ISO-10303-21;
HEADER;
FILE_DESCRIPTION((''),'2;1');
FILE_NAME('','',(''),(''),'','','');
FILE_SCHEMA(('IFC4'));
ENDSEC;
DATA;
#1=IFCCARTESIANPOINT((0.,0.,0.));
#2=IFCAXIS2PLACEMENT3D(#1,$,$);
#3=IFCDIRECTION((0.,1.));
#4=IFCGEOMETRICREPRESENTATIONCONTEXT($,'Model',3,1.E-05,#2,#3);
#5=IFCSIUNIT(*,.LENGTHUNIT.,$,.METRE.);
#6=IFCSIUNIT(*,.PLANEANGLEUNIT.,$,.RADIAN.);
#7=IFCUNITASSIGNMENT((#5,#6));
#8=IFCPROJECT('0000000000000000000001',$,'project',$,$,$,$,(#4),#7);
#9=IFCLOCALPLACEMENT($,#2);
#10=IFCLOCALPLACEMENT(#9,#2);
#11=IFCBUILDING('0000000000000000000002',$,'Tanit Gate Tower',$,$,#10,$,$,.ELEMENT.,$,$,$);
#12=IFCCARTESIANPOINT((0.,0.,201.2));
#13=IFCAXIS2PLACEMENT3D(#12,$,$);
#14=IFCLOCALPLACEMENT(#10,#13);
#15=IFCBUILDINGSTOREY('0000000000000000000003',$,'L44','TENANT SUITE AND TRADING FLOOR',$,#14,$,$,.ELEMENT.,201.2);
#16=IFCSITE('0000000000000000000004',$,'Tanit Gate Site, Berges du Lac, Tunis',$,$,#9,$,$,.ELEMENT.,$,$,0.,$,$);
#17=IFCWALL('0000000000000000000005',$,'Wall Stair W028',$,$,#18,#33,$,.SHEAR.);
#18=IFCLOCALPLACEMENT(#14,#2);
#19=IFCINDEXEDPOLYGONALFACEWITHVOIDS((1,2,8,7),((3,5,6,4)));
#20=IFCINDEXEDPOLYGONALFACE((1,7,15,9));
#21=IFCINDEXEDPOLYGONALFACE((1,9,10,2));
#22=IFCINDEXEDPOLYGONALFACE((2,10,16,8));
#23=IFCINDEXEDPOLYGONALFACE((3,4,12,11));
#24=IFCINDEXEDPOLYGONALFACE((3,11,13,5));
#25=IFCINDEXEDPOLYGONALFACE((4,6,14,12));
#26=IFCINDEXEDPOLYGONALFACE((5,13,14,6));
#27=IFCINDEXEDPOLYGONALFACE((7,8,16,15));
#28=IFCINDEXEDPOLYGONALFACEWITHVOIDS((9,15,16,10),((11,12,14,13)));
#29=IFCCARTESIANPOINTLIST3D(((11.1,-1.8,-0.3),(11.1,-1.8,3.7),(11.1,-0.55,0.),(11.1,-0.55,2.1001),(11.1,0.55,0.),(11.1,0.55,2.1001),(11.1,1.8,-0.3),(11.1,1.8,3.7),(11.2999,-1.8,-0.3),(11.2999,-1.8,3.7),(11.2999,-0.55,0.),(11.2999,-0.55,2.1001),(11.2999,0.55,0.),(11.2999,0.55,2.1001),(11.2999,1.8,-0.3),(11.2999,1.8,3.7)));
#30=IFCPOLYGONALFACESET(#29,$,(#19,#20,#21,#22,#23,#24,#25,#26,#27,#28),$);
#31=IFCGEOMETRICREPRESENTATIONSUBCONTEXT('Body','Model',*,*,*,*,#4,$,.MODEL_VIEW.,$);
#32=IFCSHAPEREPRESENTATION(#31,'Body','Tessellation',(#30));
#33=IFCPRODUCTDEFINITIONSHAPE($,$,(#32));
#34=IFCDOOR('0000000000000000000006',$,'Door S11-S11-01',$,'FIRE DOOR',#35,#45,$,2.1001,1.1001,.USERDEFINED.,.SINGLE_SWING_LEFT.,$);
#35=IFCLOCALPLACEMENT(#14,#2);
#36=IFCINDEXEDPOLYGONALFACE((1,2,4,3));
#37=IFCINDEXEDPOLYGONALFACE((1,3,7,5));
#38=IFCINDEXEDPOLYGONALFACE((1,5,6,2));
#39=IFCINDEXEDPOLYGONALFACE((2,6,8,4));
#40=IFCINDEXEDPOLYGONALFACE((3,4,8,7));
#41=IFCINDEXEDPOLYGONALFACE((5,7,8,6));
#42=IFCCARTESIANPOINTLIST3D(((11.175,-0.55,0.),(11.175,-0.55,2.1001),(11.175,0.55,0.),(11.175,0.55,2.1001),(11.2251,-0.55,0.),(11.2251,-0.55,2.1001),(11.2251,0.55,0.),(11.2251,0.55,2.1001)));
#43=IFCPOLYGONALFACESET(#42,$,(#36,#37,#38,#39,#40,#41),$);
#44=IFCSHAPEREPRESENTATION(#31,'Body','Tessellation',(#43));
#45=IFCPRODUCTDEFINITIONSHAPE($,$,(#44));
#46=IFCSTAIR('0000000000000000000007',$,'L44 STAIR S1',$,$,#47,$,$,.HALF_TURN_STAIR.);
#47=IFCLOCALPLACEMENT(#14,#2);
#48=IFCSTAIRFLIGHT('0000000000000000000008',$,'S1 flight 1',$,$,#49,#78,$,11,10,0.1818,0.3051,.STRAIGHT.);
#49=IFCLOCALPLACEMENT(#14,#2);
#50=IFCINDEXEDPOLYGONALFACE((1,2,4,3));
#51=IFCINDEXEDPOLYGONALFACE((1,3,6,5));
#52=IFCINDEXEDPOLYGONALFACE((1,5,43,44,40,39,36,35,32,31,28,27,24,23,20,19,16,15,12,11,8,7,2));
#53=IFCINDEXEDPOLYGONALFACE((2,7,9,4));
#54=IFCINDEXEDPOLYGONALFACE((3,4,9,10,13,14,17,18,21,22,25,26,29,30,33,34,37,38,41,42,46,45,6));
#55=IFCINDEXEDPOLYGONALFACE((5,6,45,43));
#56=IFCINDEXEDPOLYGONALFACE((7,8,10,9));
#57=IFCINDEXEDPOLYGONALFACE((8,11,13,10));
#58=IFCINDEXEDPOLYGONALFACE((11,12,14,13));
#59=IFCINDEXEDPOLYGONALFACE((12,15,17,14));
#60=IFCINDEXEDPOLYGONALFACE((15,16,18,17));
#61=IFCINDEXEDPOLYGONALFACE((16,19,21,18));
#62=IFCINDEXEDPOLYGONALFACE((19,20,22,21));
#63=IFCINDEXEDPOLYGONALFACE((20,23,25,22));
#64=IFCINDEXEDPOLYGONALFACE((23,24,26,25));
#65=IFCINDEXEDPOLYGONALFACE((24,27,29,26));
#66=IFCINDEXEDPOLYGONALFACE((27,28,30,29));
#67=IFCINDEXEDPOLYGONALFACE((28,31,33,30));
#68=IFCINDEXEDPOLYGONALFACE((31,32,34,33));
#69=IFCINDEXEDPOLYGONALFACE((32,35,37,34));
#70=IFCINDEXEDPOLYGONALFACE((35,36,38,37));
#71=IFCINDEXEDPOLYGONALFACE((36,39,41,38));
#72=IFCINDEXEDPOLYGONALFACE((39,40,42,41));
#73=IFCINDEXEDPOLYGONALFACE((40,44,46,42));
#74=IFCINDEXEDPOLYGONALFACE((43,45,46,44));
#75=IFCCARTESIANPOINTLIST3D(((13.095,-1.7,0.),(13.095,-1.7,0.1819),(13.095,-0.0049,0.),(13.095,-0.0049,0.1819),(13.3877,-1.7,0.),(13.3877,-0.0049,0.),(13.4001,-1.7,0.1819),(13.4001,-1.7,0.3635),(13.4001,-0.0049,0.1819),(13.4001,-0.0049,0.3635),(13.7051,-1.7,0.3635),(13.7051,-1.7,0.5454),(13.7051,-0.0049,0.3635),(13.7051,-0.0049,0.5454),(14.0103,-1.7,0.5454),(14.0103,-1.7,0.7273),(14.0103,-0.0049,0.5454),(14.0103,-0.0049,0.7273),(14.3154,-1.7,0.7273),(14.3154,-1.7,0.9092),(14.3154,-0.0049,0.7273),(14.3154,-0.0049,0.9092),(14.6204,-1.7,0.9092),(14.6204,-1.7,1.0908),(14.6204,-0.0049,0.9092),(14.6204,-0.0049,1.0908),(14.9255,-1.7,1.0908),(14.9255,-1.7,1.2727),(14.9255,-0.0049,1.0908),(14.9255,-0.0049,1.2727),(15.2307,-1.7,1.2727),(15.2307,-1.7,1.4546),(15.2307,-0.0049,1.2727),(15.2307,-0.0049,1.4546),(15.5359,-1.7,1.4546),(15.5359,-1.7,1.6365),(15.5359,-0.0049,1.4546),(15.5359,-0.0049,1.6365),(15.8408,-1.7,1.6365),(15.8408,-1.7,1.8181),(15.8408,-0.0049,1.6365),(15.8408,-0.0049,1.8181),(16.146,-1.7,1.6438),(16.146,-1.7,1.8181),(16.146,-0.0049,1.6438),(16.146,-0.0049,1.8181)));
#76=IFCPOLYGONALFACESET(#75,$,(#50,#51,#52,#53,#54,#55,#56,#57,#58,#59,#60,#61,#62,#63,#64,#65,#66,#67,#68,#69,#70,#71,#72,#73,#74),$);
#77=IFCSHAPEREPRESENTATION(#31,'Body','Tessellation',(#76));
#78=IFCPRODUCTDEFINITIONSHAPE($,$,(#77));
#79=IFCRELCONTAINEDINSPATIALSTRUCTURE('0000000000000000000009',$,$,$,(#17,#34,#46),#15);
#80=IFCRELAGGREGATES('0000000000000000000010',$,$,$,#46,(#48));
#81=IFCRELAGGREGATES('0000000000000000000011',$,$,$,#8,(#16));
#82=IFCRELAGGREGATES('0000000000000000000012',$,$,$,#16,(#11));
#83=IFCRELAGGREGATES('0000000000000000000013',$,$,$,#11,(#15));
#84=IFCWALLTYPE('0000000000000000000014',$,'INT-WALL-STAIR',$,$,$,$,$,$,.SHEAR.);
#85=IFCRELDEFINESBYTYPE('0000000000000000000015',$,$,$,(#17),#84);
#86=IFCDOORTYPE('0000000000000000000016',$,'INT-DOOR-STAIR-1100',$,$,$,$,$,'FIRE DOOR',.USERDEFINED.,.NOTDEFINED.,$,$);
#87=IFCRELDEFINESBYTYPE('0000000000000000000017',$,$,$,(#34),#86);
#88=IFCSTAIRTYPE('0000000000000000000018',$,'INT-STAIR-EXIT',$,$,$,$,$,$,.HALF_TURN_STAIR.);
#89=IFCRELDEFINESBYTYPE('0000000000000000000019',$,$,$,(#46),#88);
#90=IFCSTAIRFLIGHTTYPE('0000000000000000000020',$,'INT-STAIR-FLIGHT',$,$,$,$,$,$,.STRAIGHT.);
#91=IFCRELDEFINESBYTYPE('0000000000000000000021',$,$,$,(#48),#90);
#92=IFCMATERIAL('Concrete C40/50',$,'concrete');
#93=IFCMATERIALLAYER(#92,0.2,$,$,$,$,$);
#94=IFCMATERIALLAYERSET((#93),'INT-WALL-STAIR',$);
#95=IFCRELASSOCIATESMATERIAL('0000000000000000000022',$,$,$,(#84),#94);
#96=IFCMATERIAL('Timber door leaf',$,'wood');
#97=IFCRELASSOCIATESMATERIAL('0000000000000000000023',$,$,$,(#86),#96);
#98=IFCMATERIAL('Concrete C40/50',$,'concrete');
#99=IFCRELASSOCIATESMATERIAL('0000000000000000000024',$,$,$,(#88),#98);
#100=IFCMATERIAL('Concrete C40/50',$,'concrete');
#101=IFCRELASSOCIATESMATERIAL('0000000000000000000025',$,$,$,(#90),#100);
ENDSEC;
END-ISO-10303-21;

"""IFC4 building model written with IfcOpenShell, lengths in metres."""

from ifc_helpers import new_model, si_unit, direction, frame, frame_2d, origin, place, context, subcontext, project, spatial, polyline, rectangle, outline, extrude, material, layer, layer_set, type_object, element, fill, aggregate, save


model = new_model("IFC4")

# Units and contexts
model_context = context("Model", 3, precision=1e-05, world=origin(), true_north=direction((0.0, 1.0)))
body_context = subcontext(model_context, "Body", "Model", "MODEL_VIEW")
ifc_project = project(units=[si_unit("LENGTHUNIT", "METRE"), si_unit("PLANEANGLEUNIT", "RADIAN")], contexts=[model_context])

# Site, building, storey
site_placement = place(None, origin())
site = spatial("IfcSite", under=ifc_project, at=site_placement, Name="Tanit Gate Site, Berges du Lac, Tunis", CompositionType="ELEMENT", RefElevation=0.0)
building_placement = place(site_placement, origin())
building = spatial("IfcBuilding", under=site, at=building_placement, Name="Tanit Gate Tower", CompositionType="ELEMENT")
storey_placement = place(building_placement, frame((0.0, 0.0, 201.2)))
storey = spatial("IfcBuildingStorey", under=building, at=storey_placement, Name="L44", Description="TENANT SUITE AND TRADING FLOOR", CompositionType="ELEMENT", Elevation=201.2)

# Shared definitions
ifc_material_1 = material(Name="Concrete C40/50", Category="concrete")
ifc_layer_1 = layer(ifc_material_1, 0.2)
ifc_layer_set_1 = layer_set([ifc_layer_1], Name="INT-WALL-STAIR")
wall_type_1 = type_object("IfcWallType", Name="INT-WALL-STAIR", PredefinedType="SHEAR", material=ifc_layer_set_1)

# Wall, opening, door
wall_1_placement = place(storey_placement, frame((11.2, -1.8, -0.3), z_axis=(0.0, 0.0, 1.0), x_axis=(0.0, 1.0, 0.0)))
wall_1 = element("IfcWall", 1, at=wall_1_placement, inside=storey, type_object=wall_type_1, Name="Wall Stair W028", PredefinedType="SHEAR", context=body_context, shape_type="SweptSolid", body=[
    extrude(rectangle(XDim=3.6001, YDim=0.2, at=frame_2d((1.8, 0.0))), origin(), (0.0, 0.0, 1.0), 4.0),
])
opening_1_placement = place(wall_1_placement, frame((1.25, 0.0, 0.3)))
opening_1 = element("IfcOpeningElement", 2, at=opening_1_placement, cuts=wall_1, PredefinedType="OPENING", context=body_context, shape_type="SweptSolid", body=[
    extrude(rectangle(XDim=1.1001, YDim=2.1001, at=frame_2d((0.55, 1.05))), frame((0.0, 0.1099, 0.0), z_axis=(0.0, -1.0, 0.0), x_axis=(1.0, 0.0, 0.0)), (0.0, 0.0, 1.0), 0.22),
])
ifc_material_2 = material(Name="Timber door leaf", Category="wood")
door_type_1 = type_object("IfcDoorType", Name="INT-DOOR-STAIR-1100", ElementType="FIRE DOOR", OperationType="NOTDEFINED", PredefinedType="USERDEFINED", material=ifc_material_2)
door_1_placement = place(opening_1_placement, origin())
door_1 = element("IfcDoor", 3, at=door_1_placement, inside=storey, type_object=door_type_1, Name="Door S11-S11-01", ObjectType="FIRE DOOR", OperationType="SINGLE_SWING_LEFT", OverallHeight=2.1001, OverallWidth=1.1001, PredefinedType="USERDEFINED", context=body_context, shape_type="SweptSolid", body=[
    extrude(rectangle(XDim=1.1001, YDim=2.1001, at=frame_2d((0.55, 1.05))), frame((0.0, 0.0249, 0.0), z_axis=(0.0, -1.0, 0.0), x_axis=(1.0, 0.0, 0.0)), (0.0, 0.0, 1.0), 0.05),
])
fill(opening_1, door_1)

# Stair, stair flight
ifc_material_3 = material(Name="Concrete C40/50", Category="concrete")
stair_type = type_object("IfcStairType", Name="INT-STAIR-EXIT", PredefinedType="HALF_TURN_STAIR", material=ifc_material_3)
stair_placement = place(storey_placement, origin())
stair = element("IfcStair", 4, at=stair_placement, inside=storey, type_object=stair_type, Name="L44 STAIR S1", PredefinedType="HALF_TURN_STAIR")
ifc_material_4 = material(Name="Concrete C40/50", Category="concrete")
stair_flight_type = type_object("IfcStairFlightType", Name="INT-STAIR-FLIGHT", PredefinedType="STRAIGHT", material=ifc_material_4)
stair_flight_placement = place(storey_placement, frame((13.095, -0.8525, 0.0), z_axis=(0.0, 0.0, 1.0), x_axis=(1.0, 0.0, 0.0)))
stair_flight = element("IfcStairFlight", 5, at=stair_flight_placement, type_object=stair_flight_type, Name="S1 flight 1", NumberOfRisers=11, NumberOfTreads=10, PredefinedType="STRAIGHT", RiserHeight=0.1818, TreadLength=0.3051, context=body_context, shape_type="SweptSolid", body=[
    extrude(outline(polyline([(0.0, 0.0), (0.0, 0.1819), (0.3052, 0.1819), (0.3052, 0.3635), (0.6101, 0.3635), (0.6101, 0.5454), (0.9153, 0.5454), (0.9153, 0.7273), (1.2205, 0.7273), (1.2205, 0.9092), (1.5254, 0.9092), (1.5254, 1.0908), (1.8306, 1.0908), (1.8306, 1.2727), (2.1357, 1.2727), (2.1357, 1.4546), (2.4409, 1.4546), (2.4409, 1.6365), (2.7458, 1.6365), (2.7458, 1.8181), (3.051, 1.8181), (3.051, 2.0), (3.051, 1.6438), (0.2927, 0.0), (0.0, 0.0)])), frame((0.0, 0.8477, 0.0), z_axis=(0.0, -1.0, 0.0), x_axis=(1.0, 0.0, 0.0)), (0.0, 0.0, 1.0), 1.6951),
])
aggregate(stair, [stair_flight])

save(model, "model.ifc")
